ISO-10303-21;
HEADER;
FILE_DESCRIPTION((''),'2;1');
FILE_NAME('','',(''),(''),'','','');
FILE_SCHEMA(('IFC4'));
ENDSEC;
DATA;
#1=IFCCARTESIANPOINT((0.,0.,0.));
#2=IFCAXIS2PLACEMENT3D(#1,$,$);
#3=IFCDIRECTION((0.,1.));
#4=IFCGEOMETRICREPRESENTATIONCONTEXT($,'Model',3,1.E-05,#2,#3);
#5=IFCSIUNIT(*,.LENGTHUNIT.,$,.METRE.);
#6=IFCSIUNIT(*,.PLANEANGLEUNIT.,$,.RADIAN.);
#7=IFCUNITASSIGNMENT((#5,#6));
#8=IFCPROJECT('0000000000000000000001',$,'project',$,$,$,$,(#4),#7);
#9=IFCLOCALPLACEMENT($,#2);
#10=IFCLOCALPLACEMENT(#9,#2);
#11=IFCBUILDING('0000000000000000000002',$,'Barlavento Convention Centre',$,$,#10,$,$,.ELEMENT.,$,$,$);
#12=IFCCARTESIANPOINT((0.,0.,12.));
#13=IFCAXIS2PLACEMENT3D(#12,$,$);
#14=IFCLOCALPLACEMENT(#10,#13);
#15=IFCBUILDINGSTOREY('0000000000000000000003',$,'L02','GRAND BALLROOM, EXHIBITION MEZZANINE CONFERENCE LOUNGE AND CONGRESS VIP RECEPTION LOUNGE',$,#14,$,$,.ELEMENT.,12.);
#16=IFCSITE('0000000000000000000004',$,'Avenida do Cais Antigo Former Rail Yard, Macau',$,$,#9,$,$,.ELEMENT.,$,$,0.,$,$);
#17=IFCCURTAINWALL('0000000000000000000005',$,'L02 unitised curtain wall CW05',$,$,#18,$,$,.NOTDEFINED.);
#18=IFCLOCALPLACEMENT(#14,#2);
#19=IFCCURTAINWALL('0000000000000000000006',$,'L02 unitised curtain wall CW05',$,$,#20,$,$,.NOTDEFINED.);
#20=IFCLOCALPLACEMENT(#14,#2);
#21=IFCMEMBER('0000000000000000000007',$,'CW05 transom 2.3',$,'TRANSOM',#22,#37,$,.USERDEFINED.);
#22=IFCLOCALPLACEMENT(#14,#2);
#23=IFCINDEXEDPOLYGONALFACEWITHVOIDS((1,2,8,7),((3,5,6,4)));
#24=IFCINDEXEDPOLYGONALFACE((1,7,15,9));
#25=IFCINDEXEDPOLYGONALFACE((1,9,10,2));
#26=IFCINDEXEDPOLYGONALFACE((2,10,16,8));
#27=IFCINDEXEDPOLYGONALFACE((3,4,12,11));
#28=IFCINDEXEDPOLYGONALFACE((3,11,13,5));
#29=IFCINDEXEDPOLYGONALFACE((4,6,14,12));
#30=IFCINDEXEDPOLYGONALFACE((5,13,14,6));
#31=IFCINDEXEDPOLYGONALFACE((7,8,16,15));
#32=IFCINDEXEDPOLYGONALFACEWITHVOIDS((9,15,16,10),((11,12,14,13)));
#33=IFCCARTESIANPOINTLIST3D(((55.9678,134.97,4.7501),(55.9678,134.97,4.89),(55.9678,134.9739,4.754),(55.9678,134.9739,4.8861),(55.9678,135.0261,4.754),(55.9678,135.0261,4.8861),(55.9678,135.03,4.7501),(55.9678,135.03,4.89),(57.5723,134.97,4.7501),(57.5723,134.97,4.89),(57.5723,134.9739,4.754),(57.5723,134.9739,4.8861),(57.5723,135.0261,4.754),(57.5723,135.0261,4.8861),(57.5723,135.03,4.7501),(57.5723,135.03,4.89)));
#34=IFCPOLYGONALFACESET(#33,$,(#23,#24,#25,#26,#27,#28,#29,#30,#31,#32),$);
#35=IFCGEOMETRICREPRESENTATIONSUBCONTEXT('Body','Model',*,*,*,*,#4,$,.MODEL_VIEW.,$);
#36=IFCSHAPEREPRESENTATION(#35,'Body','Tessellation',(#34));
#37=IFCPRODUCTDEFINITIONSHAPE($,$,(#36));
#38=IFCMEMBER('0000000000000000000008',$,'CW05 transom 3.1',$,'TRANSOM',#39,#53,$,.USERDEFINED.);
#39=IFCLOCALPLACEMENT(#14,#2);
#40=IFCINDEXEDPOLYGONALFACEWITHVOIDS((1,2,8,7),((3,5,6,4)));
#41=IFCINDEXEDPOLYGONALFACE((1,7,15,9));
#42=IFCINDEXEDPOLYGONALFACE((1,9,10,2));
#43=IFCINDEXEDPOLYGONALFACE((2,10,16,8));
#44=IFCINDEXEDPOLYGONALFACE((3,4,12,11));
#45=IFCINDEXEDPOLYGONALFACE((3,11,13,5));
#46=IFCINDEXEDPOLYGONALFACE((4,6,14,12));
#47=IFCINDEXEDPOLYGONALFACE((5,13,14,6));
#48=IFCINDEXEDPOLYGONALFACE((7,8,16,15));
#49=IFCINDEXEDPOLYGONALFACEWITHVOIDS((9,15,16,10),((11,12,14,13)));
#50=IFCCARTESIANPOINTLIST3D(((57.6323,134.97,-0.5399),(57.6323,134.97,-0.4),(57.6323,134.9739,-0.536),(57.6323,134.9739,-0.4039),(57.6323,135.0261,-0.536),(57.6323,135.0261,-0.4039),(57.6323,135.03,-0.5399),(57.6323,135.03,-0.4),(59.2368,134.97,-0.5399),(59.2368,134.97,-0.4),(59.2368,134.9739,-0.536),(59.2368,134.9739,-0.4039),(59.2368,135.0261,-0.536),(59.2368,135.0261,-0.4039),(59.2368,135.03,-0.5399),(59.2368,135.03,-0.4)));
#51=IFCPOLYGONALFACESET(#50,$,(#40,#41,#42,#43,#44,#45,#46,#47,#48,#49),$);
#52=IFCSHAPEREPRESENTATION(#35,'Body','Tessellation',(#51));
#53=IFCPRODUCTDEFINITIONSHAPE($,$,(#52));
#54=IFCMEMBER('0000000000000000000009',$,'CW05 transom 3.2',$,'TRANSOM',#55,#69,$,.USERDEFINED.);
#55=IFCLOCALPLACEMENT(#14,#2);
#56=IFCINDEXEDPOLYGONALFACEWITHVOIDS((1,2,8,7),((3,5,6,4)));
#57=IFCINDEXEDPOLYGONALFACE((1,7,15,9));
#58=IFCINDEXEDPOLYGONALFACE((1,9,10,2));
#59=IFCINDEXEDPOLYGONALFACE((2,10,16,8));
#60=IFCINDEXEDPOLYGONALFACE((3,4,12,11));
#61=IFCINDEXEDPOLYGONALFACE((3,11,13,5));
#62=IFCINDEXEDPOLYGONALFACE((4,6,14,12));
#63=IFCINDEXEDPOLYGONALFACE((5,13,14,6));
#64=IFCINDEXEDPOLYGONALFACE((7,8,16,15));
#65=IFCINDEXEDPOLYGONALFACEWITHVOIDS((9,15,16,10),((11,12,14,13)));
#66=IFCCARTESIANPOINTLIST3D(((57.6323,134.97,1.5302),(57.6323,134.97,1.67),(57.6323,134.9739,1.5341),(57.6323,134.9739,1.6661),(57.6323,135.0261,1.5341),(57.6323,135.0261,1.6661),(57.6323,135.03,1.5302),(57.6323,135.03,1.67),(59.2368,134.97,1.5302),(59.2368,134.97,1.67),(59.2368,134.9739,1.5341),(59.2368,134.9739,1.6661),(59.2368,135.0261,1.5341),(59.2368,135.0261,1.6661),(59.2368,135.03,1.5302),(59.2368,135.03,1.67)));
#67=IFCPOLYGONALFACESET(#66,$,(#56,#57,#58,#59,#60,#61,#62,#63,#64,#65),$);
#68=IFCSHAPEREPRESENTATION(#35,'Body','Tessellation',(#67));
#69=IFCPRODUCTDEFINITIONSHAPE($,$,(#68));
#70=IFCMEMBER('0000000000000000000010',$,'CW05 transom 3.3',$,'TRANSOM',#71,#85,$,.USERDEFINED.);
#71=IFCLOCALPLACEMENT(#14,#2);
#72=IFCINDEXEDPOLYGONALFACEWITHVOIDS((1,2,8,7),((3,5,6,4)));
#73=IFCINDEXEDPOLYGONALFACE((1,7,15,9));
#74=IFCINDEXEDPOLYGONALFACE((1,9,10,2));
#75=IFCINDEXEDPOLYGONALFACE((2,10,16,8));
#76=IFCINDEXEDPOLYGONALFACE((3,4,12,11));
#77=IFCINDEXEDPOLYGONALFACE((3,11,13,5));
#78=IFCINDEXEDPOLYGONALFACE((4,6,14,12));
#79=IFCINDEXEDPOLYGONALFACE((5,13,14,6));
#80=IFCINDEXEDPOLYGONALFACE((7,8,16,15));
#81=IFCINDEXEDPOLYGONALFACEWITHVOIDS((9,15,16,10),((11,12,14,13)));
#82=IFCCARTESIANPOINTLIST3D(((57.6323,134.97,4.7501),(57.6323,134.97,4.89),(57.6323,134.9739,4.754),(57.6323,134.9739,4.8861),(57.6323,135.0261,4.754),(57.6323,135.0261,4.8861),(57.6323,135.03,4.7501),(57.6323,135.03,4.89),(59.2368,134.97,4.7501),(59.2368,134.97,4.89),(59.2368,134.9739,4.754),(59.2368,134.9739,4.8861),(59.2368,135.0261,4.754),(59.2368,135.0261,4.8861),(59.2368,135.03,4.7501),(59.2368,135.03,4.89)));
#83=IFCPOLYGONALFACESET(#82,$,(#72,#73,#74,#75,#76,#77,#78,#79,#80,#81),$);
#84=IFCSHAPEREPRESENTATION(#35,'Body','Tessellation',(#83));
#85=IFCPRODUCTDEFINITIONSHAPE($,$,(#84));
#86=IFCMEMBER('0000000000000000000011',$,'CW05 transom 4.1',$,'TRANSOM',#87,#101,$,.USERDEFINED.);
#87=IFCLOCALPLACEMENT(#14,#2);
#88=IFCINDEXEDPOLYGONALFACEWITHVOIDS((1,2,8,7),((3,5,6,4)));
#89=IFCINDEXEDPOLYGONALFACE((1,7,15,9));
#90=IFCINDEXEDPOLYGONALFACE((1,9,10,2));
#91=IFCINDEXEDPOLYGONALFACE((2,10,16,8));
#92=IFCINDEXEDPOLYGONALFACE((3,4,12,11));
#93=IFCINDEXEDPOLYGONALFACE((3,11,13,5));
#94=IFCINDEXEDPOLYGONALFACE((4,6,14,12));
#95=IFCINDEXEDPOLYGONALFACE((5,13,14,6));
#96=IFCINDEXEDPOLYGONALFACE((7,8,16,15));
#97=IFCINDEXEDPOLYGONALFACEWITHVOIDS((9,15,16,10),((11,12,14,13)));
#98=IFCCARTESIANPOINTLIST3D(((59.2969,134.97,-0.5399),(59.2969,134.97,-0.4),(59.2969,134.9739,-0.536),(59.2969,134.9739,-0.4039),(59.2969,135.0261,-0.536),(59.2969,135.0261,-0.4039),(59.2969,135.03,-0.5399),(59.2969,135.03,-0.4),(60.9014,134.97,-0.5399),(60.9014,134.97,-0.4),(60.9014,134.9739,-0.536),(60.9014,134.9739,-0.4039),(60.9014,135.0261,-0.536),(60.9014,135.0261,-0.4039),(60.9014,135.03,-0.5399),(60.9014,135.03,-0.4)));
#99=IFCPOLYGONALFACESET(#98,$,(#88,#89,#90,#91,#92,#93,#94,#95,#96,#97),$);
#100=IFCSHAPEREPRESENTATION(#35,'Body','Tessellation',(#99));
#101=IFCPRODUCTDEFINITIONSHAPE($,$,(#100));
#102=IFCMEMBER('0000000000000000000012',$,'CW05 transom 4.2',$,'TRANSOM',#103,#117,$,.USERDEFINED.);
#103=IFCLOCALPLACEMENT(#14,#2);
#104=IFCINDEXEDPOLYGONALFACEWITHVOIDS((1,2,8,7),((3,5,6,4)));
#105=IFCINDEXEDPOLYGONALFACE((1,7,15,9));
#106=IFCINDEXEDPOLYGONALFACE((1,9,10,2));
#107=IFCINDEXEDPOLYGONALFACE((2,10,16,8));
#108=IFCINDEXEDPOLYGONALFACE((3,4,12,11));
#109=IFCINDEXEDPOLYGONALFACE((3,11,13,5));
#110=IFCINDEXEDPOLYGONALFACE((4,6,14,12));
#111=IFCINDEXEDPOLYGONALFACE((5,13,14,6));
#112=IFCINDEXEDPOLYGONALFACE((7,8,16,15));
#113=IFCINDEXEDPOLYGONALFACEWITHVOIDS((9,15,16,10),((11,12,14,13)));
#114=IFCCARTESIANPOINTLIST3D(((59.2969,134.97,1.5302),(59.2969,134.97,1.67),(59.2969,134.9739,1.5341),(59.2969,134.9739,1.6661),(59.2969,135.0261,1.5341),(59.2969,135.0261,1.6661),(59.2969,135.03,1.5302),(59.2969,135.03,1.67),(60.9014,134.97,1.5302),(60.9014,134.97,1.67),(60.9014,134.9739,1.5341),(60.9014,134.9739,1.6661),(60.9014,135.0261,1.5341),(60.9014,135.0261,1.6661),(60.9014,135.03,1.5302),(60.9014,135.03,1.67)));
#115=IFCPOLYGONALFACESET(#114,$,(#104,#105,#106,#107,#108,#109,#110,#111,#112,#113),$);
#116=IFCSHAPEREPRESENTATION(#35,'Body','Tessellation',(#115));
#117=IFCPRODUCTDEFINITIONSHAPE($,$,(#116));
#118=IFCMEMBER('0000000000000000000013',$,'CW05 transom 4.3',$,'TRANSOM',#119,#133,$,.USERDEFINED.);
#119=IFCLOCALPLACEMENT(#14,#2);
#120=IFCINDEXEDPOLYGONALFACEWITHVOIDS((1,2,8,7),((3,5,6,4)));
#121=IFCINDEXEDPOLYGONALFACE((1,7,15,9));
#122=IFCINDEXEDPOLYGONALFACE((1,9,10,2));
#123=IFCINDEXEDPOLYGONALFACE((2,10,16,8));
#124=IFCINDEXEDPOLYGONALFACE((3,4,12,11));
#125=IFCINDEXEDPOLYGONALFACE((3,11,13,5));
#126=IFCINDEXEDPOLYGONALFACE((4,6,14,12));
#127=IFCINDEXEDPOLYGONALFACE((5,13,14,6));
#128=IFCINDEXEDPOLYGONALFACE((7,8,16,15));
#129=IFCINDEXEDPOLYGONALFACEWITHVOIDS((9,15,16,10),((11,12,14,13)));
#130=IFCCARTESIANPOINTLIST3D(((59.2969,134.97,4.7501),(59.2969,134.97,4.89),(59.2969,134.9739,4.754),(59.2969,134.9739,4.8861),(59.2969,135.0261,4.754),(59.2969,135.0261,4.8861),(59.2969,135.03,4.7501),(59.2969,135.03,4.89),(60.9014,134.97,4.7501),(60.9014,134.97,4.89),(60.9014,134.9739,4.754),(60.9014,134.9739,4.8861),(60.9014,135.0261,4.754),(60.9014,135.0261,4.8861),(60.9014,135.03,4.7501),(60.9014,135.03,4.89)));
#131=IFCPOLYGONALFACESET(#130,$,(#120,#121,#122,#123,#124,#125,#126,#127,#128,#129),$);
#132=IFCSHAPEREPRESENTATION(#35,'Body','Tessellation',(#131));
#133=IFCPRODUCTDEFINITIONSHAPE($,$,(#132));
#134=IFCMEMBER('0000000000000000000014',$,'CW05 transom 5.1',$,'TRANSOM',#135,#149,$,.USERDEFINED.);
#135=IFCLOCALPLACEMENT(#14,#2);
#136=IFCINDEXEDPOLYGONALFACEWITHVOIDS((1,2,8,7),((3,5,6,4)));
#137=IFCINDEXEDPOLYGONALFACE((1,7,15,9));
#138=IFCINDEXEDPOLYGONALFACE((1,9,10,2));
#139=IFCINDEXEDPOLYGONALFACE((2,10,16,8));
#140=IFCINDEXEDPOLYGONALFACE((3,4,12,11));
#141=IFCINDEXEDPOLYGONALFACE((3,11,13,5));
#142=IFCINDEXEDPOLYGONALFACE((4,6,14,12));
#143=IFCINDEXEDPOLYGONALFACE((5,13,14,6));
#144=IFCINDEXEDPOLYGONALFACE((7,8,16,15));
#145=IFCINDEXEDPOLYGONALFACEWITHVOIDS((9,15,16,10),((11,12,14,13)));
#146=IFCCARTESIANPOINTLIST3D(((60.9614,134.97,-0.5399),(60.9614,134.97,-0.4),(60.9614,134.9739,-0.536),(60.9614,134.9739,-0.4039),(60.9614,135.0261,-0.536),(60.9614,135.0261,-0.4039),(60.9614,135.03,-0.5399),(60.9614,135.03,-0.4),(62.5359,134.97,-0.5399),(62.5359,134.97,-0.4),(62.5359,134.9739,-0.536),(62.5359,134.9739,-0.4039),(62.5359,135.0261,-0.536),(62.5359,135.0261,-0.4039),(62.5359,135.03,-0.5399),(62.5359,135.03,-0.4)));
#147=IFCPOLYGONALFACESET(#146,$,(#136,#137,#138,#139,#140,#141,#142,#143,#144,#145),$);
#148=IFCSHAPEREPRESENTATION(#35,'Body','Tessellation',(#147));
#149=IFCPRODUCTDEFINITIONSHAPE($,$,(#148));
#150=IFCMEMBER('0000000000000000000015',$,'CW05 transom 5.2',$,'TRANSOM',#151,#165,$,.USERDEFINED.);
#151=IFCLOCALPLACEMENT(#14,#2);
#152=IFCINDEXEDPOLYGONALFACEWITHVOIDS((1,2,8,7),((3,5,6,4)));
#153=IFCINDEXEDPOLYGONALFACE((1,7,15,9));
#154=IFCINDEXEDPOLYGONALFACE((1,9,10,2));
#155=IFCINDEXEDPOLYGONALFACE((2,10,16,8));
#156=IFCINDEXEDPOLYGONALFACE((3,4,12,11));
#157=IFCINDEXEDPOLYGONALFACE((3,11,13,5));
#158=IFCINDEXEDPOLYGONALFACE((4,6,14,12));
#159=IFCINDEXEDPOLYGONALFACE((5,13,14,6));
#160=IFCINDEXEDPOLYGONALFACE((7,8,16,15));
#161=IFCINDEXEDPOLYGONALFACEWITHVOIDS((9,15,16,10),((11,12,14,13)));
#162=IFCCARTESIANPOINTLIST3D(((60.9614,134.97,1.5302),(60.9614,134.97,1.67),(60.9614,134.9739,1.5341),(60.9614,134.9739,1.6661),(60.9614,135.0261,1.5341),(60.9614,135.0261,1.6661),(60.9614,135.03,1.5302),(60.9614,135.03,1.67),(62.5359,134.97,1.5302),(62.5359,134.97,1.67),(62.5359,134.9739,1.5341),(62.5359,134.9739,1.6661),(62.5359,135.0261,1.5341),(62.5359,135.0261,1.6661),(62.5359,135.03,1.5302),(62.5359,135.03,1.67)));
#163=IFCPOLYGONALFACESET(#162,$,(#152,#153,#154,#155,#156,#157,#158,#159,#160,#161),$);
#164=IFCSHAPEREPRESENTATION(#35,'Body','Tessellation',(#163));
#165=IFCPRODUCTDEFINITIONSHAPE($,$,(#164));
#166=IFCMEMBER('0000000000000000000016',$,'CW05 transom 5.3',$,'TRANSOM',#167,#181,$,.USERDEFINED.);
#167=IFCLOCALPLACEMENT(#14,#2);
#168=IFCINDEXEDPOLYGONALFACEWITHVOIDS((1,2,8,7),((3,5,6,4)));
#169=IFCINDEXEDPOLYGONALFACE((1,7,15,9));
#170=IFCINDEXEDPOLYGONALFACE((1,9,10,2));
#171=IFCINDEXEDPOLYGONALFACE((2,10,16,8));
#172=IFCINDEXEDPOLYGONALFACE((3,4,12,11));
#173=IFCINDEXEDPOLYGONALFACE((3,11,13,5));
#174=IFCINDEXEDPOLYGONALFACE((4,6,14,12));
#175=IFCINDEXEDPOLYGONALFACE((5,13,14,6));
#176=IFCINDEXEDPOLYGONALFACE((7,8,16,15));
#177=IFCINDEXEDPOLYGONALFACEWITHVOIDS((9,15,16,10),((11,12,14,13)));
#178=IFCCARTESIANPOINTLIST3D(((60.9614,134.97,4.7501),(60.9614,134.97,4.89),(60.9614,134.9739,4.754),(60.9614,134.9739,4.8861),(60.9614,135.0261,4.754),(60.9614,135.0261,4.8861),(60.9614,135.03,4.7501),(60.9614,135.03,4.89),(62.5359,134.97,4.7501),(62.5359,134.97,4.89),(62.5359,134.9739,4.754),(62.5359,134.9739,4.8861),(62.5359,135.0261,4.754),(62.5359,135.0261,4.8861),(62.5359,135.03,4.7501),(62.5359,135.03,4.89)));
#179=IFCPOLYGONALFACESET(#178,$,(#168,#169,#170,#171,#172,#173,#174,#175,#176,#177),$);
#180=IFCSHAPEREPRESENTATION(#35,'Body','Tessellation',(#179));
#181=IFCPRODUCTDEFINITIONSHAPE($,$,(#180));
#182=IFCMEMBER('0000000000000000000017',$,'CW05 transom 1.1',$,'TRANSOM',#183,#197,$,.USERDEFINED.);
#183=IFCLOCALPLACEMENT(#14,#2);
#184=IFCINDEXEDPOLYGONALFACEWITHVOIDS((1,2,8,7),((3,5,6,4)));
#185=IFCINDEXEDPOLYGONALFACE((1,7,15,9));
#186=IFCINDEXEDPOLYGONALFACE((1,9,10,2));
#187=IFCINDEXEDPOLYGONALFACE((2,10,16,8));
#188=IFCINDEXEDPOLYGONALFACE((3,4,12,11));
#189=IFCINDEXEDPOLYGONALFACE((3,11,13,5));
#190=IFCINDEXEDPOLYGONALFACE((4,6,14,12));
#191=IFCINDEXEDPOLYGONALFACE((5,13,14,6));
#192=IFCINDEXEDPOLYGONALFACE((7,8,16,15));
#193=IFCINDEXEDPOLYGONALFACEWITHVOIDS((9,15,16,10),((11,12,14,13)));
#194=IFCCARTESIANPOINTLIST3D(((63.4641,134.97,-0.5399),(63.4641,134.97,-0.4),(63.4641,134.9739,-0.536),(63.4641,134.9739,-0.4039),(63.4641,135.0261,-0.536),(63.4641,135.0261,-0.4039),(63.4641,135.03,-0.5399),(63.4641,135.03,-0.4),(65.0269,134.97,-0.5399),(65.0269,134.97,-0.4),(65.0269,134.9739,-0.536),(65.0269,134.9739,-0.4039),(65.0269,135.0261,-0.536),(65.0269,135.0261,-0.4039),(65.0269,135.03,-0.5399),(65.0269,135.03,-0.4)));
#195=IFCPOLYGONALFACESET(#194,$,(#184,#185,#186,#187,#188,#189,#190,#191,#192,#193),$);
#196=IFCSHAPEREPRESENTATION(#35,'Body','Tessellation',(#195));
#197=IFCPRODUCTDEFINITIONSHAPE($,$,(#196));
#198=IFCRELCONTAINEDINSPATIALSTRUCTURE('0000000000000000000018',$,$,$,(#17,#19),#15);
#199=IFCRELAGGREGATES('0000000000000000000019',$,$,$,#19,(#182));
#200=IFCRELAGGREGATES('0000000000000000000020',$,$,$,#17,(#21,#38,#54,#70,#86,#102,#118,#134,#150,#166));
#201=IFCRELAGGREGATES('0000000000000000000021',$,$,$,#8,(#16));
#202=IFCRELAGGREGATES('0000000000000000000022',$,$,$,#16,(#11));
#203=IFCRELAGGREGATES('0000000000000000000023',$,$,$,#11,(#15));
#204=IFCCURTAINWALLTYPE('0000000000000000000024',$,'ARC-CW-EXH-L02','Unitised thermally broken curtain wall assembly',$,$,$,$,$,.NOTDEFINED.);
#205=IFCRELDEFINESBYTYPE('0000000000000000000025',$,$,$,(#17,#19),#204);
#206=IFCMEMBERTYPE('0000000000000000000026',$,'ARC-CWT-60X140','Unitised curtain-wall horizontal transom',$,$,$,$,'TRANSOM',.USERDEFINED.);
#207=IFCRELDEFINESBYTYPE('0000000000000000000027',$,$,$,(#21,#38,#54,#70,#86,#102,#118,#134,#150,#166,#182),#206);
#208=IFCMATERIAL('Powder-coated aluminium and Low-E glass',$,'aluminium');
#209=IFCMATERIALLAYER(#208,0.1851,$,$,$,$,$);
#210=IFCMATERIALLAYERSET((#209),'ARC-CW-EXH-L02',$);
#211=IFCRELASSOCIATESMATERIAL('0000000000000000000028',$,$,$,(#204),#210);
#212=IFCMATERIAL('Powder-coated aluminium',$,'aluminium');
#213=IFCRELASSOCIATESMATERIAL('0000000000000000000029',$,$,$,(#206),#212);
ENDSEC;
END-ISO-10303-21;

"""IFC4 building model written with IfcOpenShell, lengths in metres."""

from ifc_helpers import new_model, si_unit, direction, frame, origin, origin_2d, place, context, subcontext, project, spatial, hollow_rectangle, extrude, material, layer, layer_set, material_profile, profile_set, type_object, element, aggregate, save


model = new_model("IFC4")

# Units and contexts
model_context = context("Model", 3, precision=1e-05, world=origin(), true_north=direction((0.0, 1.0)))
body_context = subcontext(model_context, "Body", "Model", "MODEL_VIEW")
ifc_project = project(units=[si_unit("LENGTHUNIT", "METRE"), si_unit("PLANEANGLEUNIT", "RADIAN")], contexts=[model_context])

# Site, building, storey
site_placement = place(None, origin())
site = spatial("IfcSite", under=ifc_project, at=site_placement, Name="Avenida do Cais Antigo Former Rail Yard, Macau", CompositionType="ELEMENT", RefElevation=0.0)
building_placement = place(site_placement, origin())
building = spatial("IfcBuilding", under=site, at=building_placement, Name="Barlavento Convention Centre", CompositionType="ELEMENT")
storey_placement = place(building_placement, frame((0.0, 0.0, 12.0)))
storey = spatial("IfcBuildingStorey", under=building, at=storey_placement, Name="L02", Description="GRAND BALLROOM, EXHIBITION MEZZANINE CONFERENCE LOUNGE AND CONGRESS VIP RECEPTION LOUNGE", CompositionType="ELEMENT", Elevation=12.0)

# Curtain wall
ifc_material_1 = material(Name="Powder-coated aluminium and Low-E glass", Category="aluminium")
ifc_layer_1 = layer(ifc_material_1, 0.1851)
ifc_layer_set_1 = layer_set([ifc_layer_1], Name="ARC-CW-EXH-L02")
curtain_wall_type = type_object("IfcCurtainWallType", Name="ARC-CW-EXH-L02", Description="Unitised thermally broken curtain wall assembly", PredefinedType="NOTDEFINED", material=ifc_layer_set_1)
curtain_wall_1_placement = place(storey_placement, origin())
curtain_wall_1 = element("IfcCurtainWall", 1, at=curtain_wall_1_placement, inside=storey, type_object=curtain_wall_type, Name="L02 unitised curtain wall CW05", PredefinedType="NOTDEFINED")
ifc_material_2 = material(Name="Powder-coated aluminium", Category="aluminium")

# Curtain wall
curtain_wall_2_placement = place(storey_placement, origin())
curtain_wall_2 = element("IfcCurtainWall", 2, at=curtain_wall_2_placement, inside=storey, type_object=curtain_wall_type, Name="L02 unitised curtain wall CW05", PredefinedType="NOTDEFINED")

# Members
ifc_material_profile_1 = material_profile(ifc_material_2, hollow_rectangle(XDim=0.0601, YDim=0.1399, WallThickness=0.0039, at=origin_2d()), Name="AL-TRAN 60x140x4")
ifc_profile_set_1 = profile_set([ifc_material_profile_1], Name="Powder-coated aluminium")
member_type_1 = type_object("IfcMemberType", Name="ARC-CWT-60X140", Description="Unitised curtain-wall horizontal transom", ElementType="TRANSOM", PredefinedType="USERDEFINED", material=ifc_profile_set_1)
member_1_placement = place(storey_placement, frame((55.9678, 135.0, 4.8201), z_axis=(1.0, 0.0, 0.0), x_axis=(0.0, 1.0, 0.0)))
member_1 = element("IfcMember", 3, at=member_1_placement, type_object=member_type_1, Name="CW05 transom 2.3", ObjectType="TRANSOM", PredefinedType="USERDEFINED", context=body_context, shape_type="SweptSolid", body=[
    extrude(hollow_rectangle(XDim=0.0601, YDim=0.1399, WallThickness=0.0039, at=origin_2d()), origin(), (0.0, 0.0, 1.0), 1.6045),
])
member_2_placement = place(storey_placement, frame((57.6323, 135.0, -0.47), z_axis=(1.0, 0.0, 0.0), x_axis=(0.0, 1.0, 0.0)))
member_2 = element("IfcMember", 4, at=member_2_placement, type_object=member_type_1, Name="CW05 transom 3.1", ObjectType="TRANSOM", PredefinedType="USERDEFINED", context=body_context, shape_type="SweptSolid", body=[
    extrude(hollow_rectangle(XDim=0.0601, YDim=0.1399, WallThickness=0.0039, at=origin_2d()), origin(), (0.0, 0.0, 1.0), 1.6045),
])
member_3_placement = place(storey_placement, frame((57.6323, 135.0, 1.6001), z_axis=(1.0, 0.0, 0.0), x_axis=(0.0, 1.0, 0.0)))
member_3 = element("IfcMember", 5, at=member_3_placement, type_object=member_type_1, Name="CW05 transom 3.2", ObjectType="TRANSOM", PredefinedType="USERDEFINED", context=body_context, shape_type="SweptSolid", body=[
    extrude(hollow_rectangle(XDim=0.0601, YDim=0.1399, WallThickness=0.0039, at=origin_2d()), origin(), (0.0, 0.0, 1.0), 1.6045),
])
member_4_placement = place(storey_placement, frame((57.6323, 135.0, 4.8201), z_axis=(1.0, 0.0, 0.0), x_axis=(0.0, 1.0, 0.0)))
member_4 = element("IfcMember", 6, at=member_4_placement, type_object=member_type_1, Name="CW05 transom 3.3", ObjectType="TRANSOM", PredefinedType="USERDEFINED", context=body_context, shape_type="SweptSolid", body=[
    extrude(hollow_rectangle(XDim=0.0601, YDim=0.1399, WallThickness=0.0039, at=origin_2d()), origin(), (0.0, 0.0, 1.0), 1.6045),
])
member_5_placement = place(storey_placement, frame((59.2969, 135.0, -0.47), z_axis=(1.0, 0.0, 0.0), x_axis=(0.0, 1.0, 0.0)))
member_5 = element("IfcMember", 7, at=member_5_placement, type_object=member_type_1, Name="CW05 transom 4.1", ObjectType="TRANSOM", PredefinedType="USERDEFINED", context=body_context, shape_type="SweptSolid", body=[
    extrude(hollow_rectangle(XDim=0.0601, YDim=0.1399, WallThickness=0.0039, at=origin_2d()), origin(), (0.0, 0.0, 1.0), 1.6045),
])
member_6_placement = place(storey_placement, frame((59.2969, 135.0, 1.6001), z_axis=(1.0, 0.0, 0.0), x_axis=(0.0, 1.0, 0.0)))
member_6 = element("IfcMember", 8, at=member_6_placement, type_object=member_type_1, Name="CW05 transom 4.2", ObjectType="TRANSOM", PredefinedType="USERDEFINED", context=body_context, shape_type="SweptSolid", body=[
    extrude(hollow_rectangle(XDim=0.0601, YDim=0.1399, WallThickness=0.0039, at=origin_2d()), origin(), (0.0, 0.0, 1.0), 1.6045),
])
member_7_placement = place(storey_placement, frame((59.2969, 135.0, 4.8201), z_axis=(1.0, 0.0, 0.0), x_axis=(0.0, 1.0, 0.0)))
member_7 = element("IfcMember", 9, at=member_7_placement, type_object=member_type_1, Name="CW05 transom 4.3", ObjectType="TRANSOM", PredefinedType="USERDEFINED", context=body_context, shape_type="SweptSolid", body=[
    extrude(hollow_rectangle(XDim=0.0601, YDim=0.1399, WallThickness=0.0039, at=origin_2d()), origin(), (0.0, 0.0, 1.0), 1.6045),
])
member_8_placement = place(storey_placement, frame((60.9614, 135.0, -0.47), z_axis=(1.0, 0.0, 0.0), x_axis=(0.0, 1.0, 0.0)))
member_8 = element("IfcMember", 10, at=member_8_placement, type_object=member_type_1, Name="CW05 transom 5.1", ObjectType="TRANSOM", PredefinedType="USERDEFINED", context=body_context, shape_type="SweptSolid", body=[
    extrude(hollow_rectangle(XDim=0.0601, YDim=0.1399, WallThickness=0.0039, at=origin_2d()), origin(), (0.0, 0.0, 1.0), 1.5745),
])
member_9_placement = place(storey_placement, frame((60.9614, 135.0, 1.6001), z_axis=(1.0, 0.0, 0.0), x_axis=(0.0, 1.0, 0.0)))
member_9 = element("IfcMember", 11, at=member_9_placement, type_object=member_type_1, Name="CW05 transom 5.2", ObjectType="TRANSOM", PredefinedType="USERDEFINED", context=body_context, shape_type="SweptSolid", body=[
    extrude(hollow_rectangle(XDim=0.0601, YDim=0.1399, WallThickness=0.0039, at=origin_2d()), origin(), (0.0, 0.0, 1.0), 1.5745),
])
member_10_placement = place(storey_placement, frame((60.9614, 135.0, 4.8201), z_axis=(1.0, 0.0, 0.0), x_axis=(0.0, 1.0, 0.0)))
member_10 = element("IfcMember", 12, at=member_10_placement, type_object=member_type_1, Name="CW05 transom 5.3", ObjectType="TRANSOM", PredefinedType="USERDEFINED", context=body_context, shape_type="SweptSolid", body=[
    extrude(hollow_rectangle(XDim=0.0601, YDim=0.1399, WallThickness=0.0039, at=origin_2d()), origin(), (0.0, 0.0, 1.0), 1.5745),
])
member_11_placement = place(storey_placement, frame((63.4641, 135.0, -0.47), z_axis=(1.0, 0.0, 0.0), x_axis=(0.0, 1.0, 0.0)))
member_11 = element("IfcMember", 13, at=member_11_placement, type_object=member_type_1, Name="CW05 transom 1.1", ObjectType="TRANSOM", PredefinedType="USERDEFINED", context=body_context, shape_type="SweptSolid", body=[
    extrude(hollow_rectangle(XDim=0.0601, YDim=0.1399, WallThickness=0.0039, at=origin_2d()), origin(), (0.0, 0.0, 1.0), 1.5627),
])
aggregate(curtain_wall_2, [member_11])

aggregate(curtain_wall_1, [member_1, member_2, member_3, member_4, member_5, member_6, member_7, member_8, member_9, member_10])

save(model, "model.ifc")
